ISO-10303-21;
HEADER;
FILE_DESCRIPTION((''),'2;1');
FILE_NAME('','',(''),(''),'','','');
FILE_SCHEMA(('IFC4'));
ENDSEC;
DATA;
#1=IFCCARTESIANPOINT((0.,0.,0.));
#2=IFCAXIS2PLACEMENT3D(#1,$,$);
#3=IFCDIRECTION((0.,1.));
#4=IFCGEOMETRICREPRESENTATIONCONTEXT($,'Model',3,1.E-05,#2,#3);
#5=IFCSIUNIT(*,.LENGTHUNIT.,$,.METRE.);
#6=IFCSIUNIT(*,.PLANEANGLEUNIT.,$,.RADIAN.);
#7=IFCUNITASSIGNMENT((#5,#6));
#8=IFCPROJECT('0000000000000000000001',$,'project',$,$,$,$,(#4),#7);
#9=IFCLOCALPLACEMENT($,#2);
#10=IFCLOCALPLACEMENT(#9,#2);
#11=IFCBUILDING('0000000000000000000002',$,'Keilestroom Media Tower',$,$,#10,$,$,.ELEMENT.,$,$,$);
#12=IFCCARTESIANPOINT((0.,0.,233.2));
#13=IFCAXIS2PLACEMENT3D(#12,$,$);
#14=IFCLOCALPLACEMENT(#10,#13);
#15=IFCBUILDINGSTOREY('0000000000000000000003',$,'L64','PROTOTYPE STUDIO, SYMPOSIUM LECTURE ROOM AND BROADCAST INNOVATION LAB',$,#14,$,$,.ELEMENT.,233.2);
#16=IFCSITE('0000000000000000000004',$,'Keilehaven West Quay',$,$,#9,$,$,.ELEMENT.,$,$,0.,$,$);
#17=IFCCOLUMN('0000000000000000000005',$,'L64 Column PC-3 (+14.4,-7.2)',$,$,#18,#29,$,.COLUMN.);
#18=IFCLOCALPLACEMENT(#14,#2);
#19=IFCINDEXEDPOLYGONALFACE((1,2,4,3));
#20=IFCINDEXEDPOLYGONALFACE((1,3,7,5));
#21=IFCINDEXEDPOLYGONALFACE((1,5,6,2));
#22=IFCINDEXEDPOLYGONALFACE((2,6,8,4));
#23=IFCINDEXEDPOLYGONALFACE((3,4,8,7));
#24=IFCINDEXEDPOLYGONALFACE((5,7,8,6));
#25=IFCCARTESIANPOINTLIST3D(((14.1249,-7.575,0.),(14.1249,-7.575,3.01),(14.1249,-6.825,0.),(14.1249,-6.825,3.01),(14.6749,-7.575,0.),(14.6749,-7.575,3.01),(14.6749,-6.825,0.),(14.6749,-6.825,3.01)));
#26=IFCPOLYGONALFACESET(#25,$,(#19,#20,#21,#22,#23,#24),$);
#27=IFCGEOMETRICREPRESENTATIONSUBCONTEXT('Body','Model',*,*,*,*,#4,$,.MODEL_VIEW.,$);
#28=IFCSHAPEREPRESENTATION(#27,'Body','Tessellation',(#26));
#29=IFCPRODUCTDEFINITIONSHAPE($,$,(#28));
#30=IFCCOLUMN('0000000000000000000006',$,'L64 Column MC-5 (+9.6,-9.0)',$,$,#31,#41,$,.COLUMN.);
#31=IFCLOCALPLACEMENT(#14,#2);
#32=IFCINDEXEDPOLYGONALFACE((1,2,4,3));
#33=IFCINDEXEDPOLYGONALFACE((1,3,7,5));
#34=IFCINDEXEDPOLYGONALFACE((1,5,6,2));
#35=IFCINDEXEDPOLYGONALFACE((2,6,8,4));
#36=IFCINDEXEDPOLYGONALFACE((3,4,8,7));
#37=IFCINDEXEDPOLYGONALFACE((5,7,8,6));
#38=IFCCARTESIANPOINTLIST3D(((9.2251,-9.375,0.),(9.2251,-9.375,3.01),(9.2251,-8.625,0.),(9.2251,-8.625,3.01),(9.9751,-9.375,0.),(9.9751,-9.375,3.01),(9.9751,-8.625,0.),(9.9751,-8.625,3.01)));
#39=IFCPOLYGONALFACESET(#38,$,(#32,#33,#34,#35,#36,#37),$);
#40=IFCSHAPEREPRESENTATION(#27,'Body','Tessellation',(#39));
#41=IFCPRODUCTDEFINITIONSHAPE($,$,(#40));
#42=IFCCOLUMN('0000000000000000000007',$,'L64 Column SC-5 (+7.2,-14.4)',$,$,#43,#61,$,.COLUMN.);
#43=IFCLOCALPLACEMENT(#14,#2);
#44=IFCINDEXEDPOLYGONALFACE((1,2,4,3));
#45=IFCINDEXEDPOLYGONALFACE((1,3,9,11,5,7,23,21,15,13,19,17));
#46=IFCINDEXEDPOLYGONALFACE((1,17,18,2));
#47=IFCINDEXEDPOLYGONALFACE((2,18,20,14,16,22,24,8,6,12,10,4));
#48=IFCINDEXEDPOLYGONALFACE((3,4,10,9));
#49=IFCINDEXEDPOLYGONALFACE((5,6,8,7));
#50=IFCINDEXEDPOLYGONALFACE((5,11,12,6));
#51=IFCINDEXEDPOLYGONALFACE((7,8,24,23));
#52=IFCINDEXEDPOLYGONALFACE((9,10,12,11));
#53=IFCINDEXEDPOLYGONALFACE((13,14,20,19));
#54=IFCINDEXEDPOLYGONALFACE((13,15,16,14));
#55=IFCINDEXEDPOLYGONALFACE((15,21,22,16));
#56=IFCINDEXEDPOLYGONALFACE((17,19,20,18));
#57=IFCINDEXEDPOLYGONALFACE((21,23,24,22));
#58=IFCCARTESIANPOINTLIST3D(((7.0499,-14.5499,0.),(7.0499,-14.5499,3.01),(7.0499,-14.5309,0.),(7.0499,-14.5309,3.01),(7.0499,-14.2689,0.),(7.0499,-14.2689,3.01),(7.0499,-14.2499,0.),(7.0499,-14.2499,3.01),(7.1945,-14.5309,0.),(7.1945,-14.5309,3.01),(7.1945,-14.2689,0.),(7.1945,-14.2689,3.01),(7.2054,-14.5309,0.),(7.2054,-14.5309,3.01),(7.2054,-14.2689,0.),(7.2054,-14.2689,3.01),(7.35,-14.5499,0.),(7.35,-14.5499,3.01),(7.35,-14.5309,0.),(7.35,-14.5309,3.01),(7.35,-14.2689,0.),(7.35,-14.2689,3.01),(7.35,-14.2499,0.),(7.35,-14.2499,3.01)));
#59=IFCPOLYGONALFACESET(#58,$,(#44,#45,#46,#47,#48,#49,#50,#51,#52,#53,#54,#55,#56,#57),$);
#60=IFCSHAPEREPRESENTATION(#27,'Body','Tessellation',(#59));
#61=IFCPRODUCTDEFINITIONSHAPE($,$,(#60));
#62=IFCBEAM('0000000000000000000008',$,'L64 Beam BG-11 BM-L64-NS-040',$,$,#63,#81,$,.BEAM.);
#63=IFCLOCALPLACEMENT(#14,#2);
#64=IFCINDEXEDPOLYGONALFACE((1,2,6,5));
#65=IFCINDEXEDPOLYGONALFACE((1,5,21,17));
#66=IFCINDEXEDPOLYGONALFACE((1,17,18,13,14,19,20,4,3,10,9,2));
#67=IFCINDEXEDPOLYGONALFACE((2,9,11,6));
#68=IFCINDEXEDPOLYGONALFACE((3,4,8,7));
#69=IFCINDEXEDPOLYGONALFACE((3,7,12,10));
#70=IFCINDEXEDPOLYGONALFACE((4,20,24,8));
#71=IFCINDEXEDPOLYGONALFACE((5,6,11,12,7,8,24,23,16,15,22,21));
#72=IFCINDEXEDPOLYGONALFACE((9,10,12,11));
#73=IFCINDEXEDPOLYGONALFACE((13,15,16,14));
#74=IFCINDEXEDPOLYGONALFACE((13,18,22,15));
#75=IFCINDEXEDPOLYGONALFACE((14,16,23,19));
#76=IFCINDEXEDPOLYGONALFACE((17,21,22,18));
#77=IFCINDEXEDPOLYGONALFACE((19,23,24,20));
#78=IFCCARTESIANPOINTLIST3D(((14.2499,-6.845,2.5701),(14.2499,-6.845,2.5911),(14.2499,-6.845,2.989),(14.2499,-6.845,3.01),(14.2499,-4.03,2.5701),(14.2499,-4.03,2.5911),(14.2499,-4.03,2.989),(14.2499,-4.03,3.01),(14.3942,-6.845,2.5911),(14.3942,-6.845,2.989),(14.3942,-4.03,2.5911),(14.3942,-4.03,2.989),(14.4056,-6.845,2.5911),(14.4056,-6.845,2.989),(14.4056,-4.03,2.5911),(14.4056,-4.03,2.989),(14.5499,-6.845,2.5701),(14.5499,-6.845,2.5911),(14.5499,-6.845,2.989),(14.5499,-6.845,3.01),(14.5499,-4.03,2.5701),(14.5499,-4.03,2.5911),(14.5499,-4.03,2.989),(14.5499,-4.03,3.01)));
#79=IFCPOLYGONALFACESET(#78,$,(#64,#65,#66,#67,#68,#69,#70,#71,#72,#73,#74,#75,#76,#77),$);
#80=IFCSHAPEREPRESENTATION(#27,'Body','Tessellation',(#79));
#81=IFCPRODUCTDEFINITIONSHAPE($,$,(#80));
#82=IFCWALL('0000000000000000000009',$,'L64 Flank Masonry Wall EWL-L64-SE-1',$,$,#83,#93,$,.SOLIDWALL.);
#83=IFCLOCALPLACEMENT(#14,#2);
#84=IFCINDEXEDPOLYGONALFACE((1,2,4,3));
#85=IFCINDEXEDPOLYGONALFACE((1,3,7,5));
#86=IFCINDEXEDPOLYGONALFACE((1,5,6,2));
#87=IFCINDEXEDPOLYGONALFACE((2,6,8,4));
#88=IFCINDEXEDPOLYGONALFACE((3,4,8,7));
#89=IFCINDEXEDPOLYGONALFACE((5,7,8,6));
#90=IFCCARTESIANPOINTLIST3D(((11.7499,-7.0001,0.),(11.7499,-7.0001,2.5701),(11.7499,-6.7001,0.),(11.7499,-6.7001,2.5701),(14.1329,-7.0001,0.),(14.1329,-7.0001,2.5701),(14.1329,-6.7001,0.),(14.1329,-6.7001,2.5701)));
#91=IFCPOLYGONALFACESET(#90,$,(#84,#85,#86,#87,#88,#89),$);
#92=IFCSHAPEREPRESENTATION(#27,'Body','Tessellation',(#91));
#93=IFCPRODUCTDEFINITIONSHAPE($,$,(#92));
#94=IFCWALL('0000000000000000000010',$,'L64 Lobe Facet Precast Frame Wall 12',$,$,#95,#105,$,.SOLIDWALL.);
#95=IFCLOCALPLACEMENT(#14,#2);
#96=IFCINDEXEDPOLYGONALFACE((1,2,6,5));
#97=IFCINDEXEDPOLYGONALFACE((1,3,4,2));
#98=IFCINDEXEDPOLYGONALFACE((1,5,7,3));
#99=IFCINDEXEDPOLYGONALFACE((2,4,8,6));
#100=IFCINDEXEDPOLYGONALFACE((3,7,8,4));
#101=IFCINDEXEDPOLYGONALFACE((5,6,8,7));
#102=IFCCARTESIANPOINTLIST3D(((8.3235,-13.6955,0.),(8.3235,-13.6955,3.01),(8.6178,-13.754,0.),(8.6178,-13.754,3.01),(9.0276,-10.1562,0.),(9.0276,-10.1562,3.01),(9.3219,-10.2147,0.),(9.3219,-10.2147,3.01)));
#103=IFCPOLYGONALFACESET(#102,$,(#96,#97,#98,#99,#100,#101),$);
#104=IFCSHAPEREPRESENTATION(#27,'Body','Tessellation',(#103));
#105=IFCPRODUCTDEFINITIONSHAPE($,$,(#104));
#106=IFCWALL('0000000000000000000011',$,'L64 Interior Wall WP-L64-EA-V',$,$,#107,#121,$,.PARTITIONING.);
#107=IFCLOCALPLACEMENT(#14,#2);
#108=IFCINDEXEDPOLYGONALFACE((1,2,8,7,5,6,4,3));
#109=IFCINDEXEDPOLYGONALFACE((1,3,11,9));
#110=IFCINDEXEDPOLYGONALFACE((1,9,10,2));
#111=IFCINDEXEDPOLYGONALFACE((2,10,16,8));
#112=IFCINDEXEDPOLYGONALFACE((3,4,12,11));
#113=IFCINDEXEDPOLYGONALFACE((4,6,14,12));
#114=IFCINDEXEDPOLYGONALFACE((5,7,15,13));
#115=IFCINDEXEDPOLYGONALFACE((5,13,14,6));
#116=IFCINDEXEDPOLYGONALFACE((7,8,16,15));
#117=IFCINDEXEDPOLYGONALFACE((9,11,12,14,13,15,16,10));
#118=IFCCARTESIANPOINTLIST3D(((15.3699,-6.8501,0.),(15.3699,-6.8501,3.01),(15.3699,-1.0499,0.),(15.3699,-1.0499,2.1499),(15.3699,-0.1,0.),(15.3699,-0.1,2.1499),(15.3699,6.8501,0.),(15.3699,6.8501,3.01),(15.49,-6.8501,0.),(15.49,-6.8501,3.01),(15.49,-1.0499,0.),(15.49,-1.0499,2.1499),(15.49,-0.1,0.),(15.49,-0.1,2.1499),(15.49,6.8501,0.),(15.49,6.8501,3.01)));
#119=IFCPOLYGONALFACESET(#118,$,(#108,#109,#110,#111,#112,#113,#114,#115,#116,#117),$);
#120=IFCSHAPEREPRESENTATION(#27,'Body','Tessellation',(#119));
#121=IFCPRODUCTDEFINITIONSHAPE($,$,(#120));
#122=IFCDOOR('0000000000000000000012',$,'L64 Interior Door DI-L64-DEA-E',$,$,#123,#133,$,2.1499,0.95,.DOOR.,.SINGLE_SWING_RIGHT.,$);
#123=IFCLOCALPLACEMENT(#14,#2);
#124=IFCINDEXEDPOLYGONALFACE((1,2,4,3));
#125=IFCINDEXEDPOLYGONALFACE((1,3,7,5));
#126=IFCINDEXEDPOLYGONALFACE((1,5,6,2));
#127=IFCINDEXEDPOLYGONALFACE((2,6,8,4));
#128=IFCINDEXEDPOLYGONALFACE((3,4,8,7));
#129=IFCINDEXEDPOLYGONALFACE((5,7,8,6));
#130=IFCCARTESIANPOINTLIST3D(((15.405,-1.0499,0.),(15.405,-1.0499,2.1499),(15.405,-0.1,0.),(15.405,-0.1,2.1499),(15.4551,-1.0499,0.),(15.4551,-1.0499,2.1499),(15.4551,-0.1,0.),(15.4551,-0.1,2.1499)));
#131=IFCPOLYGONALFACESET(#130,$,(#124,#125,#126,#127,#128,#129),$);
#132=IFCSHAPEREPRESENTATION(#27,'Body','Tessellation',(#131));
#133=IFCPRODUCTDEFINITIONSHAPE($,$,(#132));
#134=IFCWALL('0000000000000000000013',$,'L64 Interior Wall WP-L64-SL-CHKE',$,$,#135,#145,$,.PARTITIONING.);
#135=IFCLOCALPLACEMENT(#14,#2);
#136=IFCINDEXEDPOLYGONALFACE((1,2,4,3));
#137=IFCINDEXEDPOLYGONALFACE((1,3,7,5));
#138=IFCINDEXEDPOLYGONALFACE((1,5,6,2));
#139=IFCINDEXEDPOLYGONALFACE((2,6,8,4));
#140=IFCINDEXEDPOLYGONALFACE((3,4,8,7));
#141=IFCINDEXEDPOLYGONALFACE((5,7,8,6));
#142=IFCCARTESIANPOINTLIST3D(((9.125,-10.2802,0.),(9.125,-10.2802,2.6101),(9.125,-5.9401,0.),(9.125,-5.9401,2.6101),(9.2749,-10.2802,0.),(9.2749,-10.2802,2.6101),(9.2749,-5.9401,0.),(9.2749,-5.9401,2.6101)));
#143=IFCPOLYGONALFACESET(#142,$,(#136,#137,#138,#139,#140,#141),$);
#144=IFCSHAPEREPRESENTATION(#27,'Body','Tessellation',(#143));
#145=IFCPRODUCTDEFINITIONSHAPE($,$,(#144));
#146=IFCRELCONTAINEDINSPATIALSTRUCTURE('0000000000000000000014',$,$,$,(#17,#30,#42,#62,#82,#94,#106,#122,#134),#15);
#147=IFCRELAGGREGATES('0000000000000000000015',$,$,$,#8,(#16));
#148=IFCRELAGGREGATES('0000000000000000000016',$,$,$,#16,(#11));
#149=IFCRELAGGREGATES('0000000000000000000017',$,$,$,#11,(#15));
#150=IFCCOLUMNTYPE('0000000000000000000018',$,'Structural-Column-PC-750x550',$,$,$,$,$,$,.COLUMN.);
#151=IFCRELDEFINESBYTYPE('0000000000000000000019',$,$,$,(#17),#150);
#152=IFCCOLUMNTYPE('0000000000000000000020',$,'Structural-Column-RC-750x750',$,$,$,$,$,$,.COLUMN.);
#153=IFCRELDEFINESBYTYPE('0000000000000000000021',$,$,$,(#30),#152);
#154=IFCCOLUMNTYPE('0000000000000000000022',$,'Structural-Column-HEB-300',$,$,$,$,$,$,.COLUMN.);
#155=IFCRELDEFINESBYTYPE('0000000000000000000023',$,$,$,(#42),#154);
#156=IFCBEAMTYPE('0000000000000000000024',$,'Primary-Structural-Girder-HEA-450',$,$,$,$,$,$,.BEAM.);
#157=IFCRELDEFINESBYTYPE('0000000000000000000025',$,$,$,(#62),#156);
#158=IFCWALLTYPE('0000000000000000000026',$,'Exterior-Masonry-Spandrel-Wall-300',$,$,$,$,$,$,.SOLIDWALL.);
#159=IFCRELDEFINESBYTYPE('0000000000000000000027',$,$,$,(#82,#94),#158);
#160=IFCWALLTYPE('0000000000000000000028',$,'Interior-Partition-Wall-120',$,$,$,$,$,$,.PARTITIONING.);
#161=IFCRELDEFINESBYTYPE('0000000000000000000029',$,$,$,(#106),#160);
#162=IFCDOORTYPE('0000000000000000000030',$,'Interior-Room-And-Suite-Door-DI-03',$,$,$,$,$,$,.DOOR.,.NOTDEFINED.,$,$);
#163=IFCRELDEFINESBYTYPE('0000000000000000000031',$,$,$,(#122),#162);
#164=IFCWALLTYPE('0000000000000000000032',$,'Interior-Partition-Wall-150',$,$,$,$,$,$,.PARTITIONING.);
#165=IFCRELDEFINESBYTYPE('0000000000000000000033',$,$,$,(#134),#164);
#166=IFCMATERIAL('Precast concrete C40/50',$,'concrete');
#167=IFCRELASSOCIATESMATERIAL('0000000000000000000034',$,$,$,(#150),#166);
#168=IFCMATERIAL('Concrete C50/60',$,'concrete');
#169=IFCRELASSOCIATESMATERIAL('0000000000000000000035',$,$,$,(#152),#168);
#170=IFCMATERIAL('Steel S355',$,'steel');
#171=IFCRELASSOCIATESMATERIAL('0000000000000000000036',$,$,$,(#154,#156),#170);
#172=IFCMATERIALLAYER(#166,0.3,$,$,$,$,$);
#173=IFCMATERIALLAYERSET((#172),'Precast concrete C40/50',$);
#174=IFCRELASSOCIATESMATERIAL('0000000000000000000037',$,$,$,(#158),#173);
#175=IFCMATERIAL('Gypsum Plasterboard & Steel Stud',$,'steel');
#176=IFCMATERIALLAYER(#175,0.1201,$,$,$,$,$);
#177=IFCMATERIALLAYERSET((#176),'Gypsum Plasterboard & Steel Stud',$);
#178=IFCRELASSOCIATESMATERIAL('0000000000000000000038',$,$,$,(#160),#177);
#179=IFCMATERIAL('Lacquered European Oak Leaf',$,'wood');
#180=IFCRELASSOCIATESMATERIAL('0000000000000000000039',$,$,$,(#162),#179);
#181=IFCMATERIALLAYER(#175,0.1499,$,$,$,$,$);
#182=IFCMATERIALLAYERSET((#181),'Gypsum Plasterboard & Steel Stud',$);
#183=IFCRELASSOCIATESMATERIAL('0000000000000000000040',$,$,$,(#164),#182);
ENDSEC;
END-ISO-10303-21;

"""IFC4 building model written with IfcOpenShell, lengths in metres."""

from ifc_helpers import new_model, si_unit, direction, frame, frame_2d, origin, origin_2d, place, context, subcontext, project, spatial, rectangle, i_section, extrude, source, transform, mapped, material, layer, layer_set, material_profile, profile_set, type_object, element, fill, save


model = new_model("IFC4")

# Units and contexts
model_context = context("Model", 3, precision=1e-05, world=origin(), true_north=direction((0.0, 1.0)))
body_context = subcontext(model_context, "Body", "Model", "MODEL_VIEW")
ifc_project = project(units=[si_unit("LENGTHUNIT", "METRE"), si_unit("PLANEANGLEUNIT", "RADIAN")], contexts=[model_context])

# Site, building, storey
site_placement = place(None, origin())
site = spatial("IfcSite", under=ifc_project, at=site_placement, Name="Keilehaven West Quay", CompositionType="ELEMENT", RefElevation=0.0)
building_placement = place(site_placement, origin())
building = spatial("IfcBuilding", under=site, at=building_placement, Name="Keilestroom Media Tower", CompositionType="ELEMENT")
storey_placement = place(building_placement, frame((0.0, 0.0, 233.2)))
storey = spatial("IfcBuildingStorey", under=building, at=storey_placement, Name="L64", Description="PROTOTYPE STUDIO, SYMPOSIUM LECTURE ROOM AND BROADCAST INNOVATION LAB", CompositionType="ELEMENT", Elevation=233.2)

# Columns
ifc_material_1 = material(Name="Precast concrete C40/50", Category="concrete")
ifc_material_profile_1 = material_profile(ifc_material_1, rectangle(XDim=0.55, YDim=0.75, at=origin_2d()), Name="PC 750x550")
ifc_profile_set_1 = profile_set([ifc_material_profile_1], Name="Precast concrete C40/50")
column_type_1 = type_object("IfcColumnType", Name="Structural-Column-PC-750x550", PredefinedType="COLUMN", material=ifc_profile_set_1)
shared_shape_1 = source(origin(), body_context, "Body", "SweptSolid", [
    extrude(rectangle(XDim=0.55, YDim=0.75, at=origin_2d()), origin(), (0.0, 0.0, 1.0), 3.01),
])
column_1_placement = place(storey_placement, frame((14.3999, -7.2, 0.0), z_axis=(0.0, 0.0, 1.0), x_axis=(1.0, 0.0, 0.0)))
element("IfcColumn", 1, at=column_1_placement, inside=storey, type_object=column_type_1, Name="L64 Column PC-3 (+14.4,-7.2)", PredefinedType="COLUMN", context=body_context, shape_type="MappedRepresentation", body=[
    mapped(shared_shape_1, transform((0.0, 0.0, 0.0), x_axis=(1.0, 0.0, 0.0), y_axis=(0.0, 1.0, 0.0), z_axis=(0.0, 0.0, 1.0), scale=1.0)),
])
ifc_material_2 = material(Name="Concrete C50/60", Category="concrete")
ifc_material_profile_2 = material_profile(ifc_material_2, rectangle(XDim=0.75, YDim=0.75, at=origin_2d()), Name="RC 750x750")
ifc_profile_set_2 = profile_set([ifc_material_profile_2], Name="Concrete C50/60")
column_type_2 = type_object("IfcColumnType", Name="Structural-Column-RC-750x750", PredefinedType="COLUMN", material=ifc_profile_set_2)
shared_shape_2 = source(origin(), body_context, "Body", "SweptSolid", [
    extrude(rectangle(XDim=0.75, YDim=0.75, at=origin_2d()), origin(), (0.0, 0.0, 1.0), 3.01),
])
column_2_placement = place(storey_placement, frame((9.6001, -9.0, 0.0), z_axis=(0.0, 0.0, 1.0), x_axis=(1.0, 0.0, 0.0)))
element("IfcColumn", 2, at=column_2_placement, inside=storey, type_object=column_type_2, Name="L64 Column MC-5 (+9.6,-9.0)", PredefinedType="COLUMN", context=body_context, shape_type="MappedRepresentation", body=[
    mapped(shared_shape_2, transform((0.0, 0.0, 0.0), x_axis=(1.0, 0.0, 0.0), y_axis=(0.0, 1.0, 0.0), z_axis=(0.0, 0.0, 1.0), scale=1.0)),
])
ifc_material_3 = material(Name="Steel S355", Category="steel")
ifc_material_profile_3 = material_profile(ifc_material_3, i_section(OverallWidth=0.3, OverallDepth=0.3, WebThickness=0.011, FlangeThickness=0.019, at=origin_2d()), Name="HEB 300")
ifc_profile_set_3 = profile_set([ifc_material_profile_3], Name="Steel S355")
column_type_3 = type_object("IfcColumnType", Name="Structural-Column-HEB-300", PredefinedType="COLUMN", material=ifc_profile_set_3)
shared_shape_3 = source(origin(), body_context, "Body", "SweptSolid", [
    extrude(i_section(OverallWidth=0.3, OverallDepth=0.3, WebThickness=0.011, FlangeThickness=0.019, at=origin_2d()), origin(), (0.0, 0.0, 1.0), 3.01),
])
column_3_placement = place(storey_placement, frame((7.2, -14.3999, 0.0), z_axis=(0.0, 0.0, 1.0), x_axis=(1.0, 0.0, 0.0)))
element("IfcColumn", 3, at=column_3_placement, inside=storey, type_object=column_type_3, Name="L64 Column SC-5 (+7.2,-14.4)", PredefinedType="COLUMN", context=body_context, shape_type="MappedRepresentation", body=[
    mapped(shared_shape_3, transform((0.0, 0.0, 0.0), x_axis=(1.0, 0.0, 0.0), y_axis=(0.0, 1.0, 0.0), z_axis=(0.0, 0.0, 1.0), scale=1.0)),
])

# Beam
ifc_material_profile_4 = material_profile(ifc_material_3, i_section(OverallWidth=0.3, OverallDepth=0.4399, WebThickness=0.0115, FlangeThickness=0.021, at=origin_2d()), Name="HEA 450")
ifc_profile_set_4 = profile_set([ifc_material_profile_4], Name="Steel S355")
beam_type = type_object("IfcBeamType", Name="Primary-Structural-Girder-HEA-450", PredefinedType="BEAM", material=ifc_profile_set_4)
shared_shape_4 = source(origin(), body_context, "Body", "SweptSolid", [
    extrude(i_section(OverallWidth=0.3, OverallDepth=0.4399, WebThickness=0.0115, FlangeThickness=0.021, at=origin_2d()), origin(), (0.0, 0.0, 1.0), 2.8149),
])
beam_placement = place(storey_placement, frame((14.3999, -6.845, 2.79), z_axis=(0.0, 1.0, 0.0), x_axis=(-1.0, 0.0, 0.0)))
element("IfcBeam", 4, at=beam_placement, inside=storey, type_object=beam_type, Name="L64 Beam BG-11 BM-L64-NS-040", PredefinedType="BEAM", context=body_context, shape_type="MappedRepresentation", body=[
    mapped(shared_shape_4, transform((0.0, 0.0, 0.0), x_axis=(1.0, 0.0, 0.0), y_axis=(0.0, 1.0, 0.0), z_axis=(0.0, 0.0, 1.0), scale=1.0)),
])

# Walls
ifc_layer_1 = layer(ifc_material_1, 0.3)
ifc_layer_set_1 = layer_set([ifc_layer_1], Name="Precast concrete C40/50")
wall_type_1 = type_object("IfcWallType", Name="Exterior-Masonry-Spandrel-Wall-300", PredefinedType="SOLIDWALL", material=ifc_layer_set_1)
wall_1_placement = place(storey_placement, frame((11.75, -6.8501, 0.0), z_axis=(0.0, 0.0, 1.0), x_axis=(1.0, 0.0, 0.0)))
element("IfcWall", 5, at=wall_1_placement, inside=storey, type_object=wall_type_1, Name="L64 Flank Masonry Wall EWL-L64-SE-1", PredefinedType="SOLIDWALL", context=body_context, shape_type="SweptSolid", body=[
    extrude(rectangle(XDim=2.3831, YDim=0.3, at=frame_2d((1.1914, 0.0))), origin(), (0.0, 0.0, 1.0), 2.5701),
])
wall_2_placement = place(storey_placement, frame((8.4707, -13.7246, 0.0), z_axis=(0.0, 0.0, 1.0), x_axis=(0.195114, 0.980781, 0.0)))
element("IfcWall", 6, at=wall_2_placement, inside=storey, type_object=wall_type_1, Name="L64 Lobe Facet Precast Frame Wall 12", PredefinedType="SOLIDWALL", context=body_context, shape_type="SweptSolid", body=[
    extrude(rectangle(XDim=3.6086, YDim=0.3, at=frame_2d((1.8042, 0.0))), origin(), (0.0, 0.0, 1.0), 3.01),
])

# Wall, opening, door
ifc_material_4 = material(Name="Gypsum Plasterboard & Steel Stud", Category="steel")
ifc_layer_2 = layer(ifc_material_4, 0.1201)
ifc_layer_set_2 = layer_set([ifc_layer_2], Name="Gypsum Plasterboard & Steel Stud")
wall_type_2 = type_object("IfcWallType", Name="Interior-Partition-Wall-120", PredefinedType="PARTITIONING", material=ifc_layer_set_2)
wall_3_placement = place(storey_placement, frame((15.4299, -6.8501, 0.0), z_axis=(0.0, 0.0, 1.0), x_axis=(0.0, 1.0, 0.0)))
wall_3 = element("IfcWall", 7, at=wall_3_placement, inside=storey, type_object=wall_type_2, Name="L64 Interior Wall WP-L64-EA-V", PredefinedType="PARTITIONING", context=body_context, shape_type="SweptSolid", body=[
    extrude(rectangle(XDim=13.7002, YDim=0.1201, at=frame_2d((6.8501, 0.0))), origin(), (0.0, 0.0, 1.0), 3.01),
])
opening_1_placement = place(wall_3_placement, frame((5.8, 0.0, 0.0)))
opening_1 = element("IfcOpeningElement", 8, at=opening_1_placement, cuts=wall_3, PredefinedType="OPENING", context=body_context, shape_type="SweptSolid", body=[
    extrude(rectangle(XDim=0.95, YDim=2.1499, at=frame_2d((0.4751, 1.075))), frame((0.0, 0.0701, 0.0), z_axis=(0.0, -1.0, 0.0), x_axis=(1.0, 0.0, 0.0)), (0.0, 0.0, 1.0), 0.1401),
])
ifc_material_5 = material(Name="Lacquered European Oak Leaf", Category="wood")
door_type_1 = type_object("IfcDoorType", Name="Interior-Room-And-Suite-Door-DI-03", OperationType="NOTDEFINED", PredefinedType="DOOR", material=ifc_material_5)
shared_shape_5 = source(origin(), body_context, "Body", "SweptSolid", [
    extrude(rectangle(XDim=0.95, YDim=2.1499, at=frame_2d((0.4751, 1.075))), frame((0.0, 0.0249, 0.0), z_axis=(0.0, -1.0, 0.0), x_axis=(1.0, 0.0, 0.0)), (0.0, 0.0, 1.0), 0.05),
])
door_1_placement = place(opening_1_placement, origin())
door_1 = element("IfcDoor", 9, at=door_1_placement, inside=storey, type_object=door_type_1, Name="L64 Interior Door DI-L64-DEA-E", OperationType="SINGLE_SWING_RIGHT", OverallHeight=2.1499, OverallWidth=0.95, PredefinedType="DOOR", context=body_context, shape_type="MappedRepresentation", body=[
    mapped(shared_shape_5, transform((0.0, 0.0, 0.0), x_axis=(1.0, 0.0, 0.0), y_axis=(0.0, 1.0, 0.0), z_axis=(0.0, 0.0, 1.0), scale=1.0)),
])
fill(opening_1, door_1)

# Wall
ifc_layer_3 = layer(ifc_material_4, 0.1499)
ifc_layer_set_3 = layer_set([ifc_layer_3], Name="Gypsum Plasterboard & Steel Stud")
wall_type_3 = type_object("IfcWallType", Name="Interior-Partition-Wall-150", PredefinedType="PARTITIONING", material=ifc_layer_set_3)
wall_4_placement = place(storey_placement, frame((9.2, -10.28, 0.0), z_axis=(0.0, 0.0, 1.0), x_axis=(0.0, 1.0, 0.0)))
element("IfcWall", 10, at=wall_4_placement, inside=storey, type_object=wall_type_3, Name="L64 Interior Wall WP-L64-SL-CHKE", PredefinedType="PARTITIONING", context=body_context, shape_type="SweptSolid", body=[
    extrude(rectangle(XDim=4.3401, YDim=0.1499, at=frame_2d((2.1699, 0.0))), origin(), (0.0, 0.0, 1.0), 2.6101),
])

save(model, "model.ifc")
